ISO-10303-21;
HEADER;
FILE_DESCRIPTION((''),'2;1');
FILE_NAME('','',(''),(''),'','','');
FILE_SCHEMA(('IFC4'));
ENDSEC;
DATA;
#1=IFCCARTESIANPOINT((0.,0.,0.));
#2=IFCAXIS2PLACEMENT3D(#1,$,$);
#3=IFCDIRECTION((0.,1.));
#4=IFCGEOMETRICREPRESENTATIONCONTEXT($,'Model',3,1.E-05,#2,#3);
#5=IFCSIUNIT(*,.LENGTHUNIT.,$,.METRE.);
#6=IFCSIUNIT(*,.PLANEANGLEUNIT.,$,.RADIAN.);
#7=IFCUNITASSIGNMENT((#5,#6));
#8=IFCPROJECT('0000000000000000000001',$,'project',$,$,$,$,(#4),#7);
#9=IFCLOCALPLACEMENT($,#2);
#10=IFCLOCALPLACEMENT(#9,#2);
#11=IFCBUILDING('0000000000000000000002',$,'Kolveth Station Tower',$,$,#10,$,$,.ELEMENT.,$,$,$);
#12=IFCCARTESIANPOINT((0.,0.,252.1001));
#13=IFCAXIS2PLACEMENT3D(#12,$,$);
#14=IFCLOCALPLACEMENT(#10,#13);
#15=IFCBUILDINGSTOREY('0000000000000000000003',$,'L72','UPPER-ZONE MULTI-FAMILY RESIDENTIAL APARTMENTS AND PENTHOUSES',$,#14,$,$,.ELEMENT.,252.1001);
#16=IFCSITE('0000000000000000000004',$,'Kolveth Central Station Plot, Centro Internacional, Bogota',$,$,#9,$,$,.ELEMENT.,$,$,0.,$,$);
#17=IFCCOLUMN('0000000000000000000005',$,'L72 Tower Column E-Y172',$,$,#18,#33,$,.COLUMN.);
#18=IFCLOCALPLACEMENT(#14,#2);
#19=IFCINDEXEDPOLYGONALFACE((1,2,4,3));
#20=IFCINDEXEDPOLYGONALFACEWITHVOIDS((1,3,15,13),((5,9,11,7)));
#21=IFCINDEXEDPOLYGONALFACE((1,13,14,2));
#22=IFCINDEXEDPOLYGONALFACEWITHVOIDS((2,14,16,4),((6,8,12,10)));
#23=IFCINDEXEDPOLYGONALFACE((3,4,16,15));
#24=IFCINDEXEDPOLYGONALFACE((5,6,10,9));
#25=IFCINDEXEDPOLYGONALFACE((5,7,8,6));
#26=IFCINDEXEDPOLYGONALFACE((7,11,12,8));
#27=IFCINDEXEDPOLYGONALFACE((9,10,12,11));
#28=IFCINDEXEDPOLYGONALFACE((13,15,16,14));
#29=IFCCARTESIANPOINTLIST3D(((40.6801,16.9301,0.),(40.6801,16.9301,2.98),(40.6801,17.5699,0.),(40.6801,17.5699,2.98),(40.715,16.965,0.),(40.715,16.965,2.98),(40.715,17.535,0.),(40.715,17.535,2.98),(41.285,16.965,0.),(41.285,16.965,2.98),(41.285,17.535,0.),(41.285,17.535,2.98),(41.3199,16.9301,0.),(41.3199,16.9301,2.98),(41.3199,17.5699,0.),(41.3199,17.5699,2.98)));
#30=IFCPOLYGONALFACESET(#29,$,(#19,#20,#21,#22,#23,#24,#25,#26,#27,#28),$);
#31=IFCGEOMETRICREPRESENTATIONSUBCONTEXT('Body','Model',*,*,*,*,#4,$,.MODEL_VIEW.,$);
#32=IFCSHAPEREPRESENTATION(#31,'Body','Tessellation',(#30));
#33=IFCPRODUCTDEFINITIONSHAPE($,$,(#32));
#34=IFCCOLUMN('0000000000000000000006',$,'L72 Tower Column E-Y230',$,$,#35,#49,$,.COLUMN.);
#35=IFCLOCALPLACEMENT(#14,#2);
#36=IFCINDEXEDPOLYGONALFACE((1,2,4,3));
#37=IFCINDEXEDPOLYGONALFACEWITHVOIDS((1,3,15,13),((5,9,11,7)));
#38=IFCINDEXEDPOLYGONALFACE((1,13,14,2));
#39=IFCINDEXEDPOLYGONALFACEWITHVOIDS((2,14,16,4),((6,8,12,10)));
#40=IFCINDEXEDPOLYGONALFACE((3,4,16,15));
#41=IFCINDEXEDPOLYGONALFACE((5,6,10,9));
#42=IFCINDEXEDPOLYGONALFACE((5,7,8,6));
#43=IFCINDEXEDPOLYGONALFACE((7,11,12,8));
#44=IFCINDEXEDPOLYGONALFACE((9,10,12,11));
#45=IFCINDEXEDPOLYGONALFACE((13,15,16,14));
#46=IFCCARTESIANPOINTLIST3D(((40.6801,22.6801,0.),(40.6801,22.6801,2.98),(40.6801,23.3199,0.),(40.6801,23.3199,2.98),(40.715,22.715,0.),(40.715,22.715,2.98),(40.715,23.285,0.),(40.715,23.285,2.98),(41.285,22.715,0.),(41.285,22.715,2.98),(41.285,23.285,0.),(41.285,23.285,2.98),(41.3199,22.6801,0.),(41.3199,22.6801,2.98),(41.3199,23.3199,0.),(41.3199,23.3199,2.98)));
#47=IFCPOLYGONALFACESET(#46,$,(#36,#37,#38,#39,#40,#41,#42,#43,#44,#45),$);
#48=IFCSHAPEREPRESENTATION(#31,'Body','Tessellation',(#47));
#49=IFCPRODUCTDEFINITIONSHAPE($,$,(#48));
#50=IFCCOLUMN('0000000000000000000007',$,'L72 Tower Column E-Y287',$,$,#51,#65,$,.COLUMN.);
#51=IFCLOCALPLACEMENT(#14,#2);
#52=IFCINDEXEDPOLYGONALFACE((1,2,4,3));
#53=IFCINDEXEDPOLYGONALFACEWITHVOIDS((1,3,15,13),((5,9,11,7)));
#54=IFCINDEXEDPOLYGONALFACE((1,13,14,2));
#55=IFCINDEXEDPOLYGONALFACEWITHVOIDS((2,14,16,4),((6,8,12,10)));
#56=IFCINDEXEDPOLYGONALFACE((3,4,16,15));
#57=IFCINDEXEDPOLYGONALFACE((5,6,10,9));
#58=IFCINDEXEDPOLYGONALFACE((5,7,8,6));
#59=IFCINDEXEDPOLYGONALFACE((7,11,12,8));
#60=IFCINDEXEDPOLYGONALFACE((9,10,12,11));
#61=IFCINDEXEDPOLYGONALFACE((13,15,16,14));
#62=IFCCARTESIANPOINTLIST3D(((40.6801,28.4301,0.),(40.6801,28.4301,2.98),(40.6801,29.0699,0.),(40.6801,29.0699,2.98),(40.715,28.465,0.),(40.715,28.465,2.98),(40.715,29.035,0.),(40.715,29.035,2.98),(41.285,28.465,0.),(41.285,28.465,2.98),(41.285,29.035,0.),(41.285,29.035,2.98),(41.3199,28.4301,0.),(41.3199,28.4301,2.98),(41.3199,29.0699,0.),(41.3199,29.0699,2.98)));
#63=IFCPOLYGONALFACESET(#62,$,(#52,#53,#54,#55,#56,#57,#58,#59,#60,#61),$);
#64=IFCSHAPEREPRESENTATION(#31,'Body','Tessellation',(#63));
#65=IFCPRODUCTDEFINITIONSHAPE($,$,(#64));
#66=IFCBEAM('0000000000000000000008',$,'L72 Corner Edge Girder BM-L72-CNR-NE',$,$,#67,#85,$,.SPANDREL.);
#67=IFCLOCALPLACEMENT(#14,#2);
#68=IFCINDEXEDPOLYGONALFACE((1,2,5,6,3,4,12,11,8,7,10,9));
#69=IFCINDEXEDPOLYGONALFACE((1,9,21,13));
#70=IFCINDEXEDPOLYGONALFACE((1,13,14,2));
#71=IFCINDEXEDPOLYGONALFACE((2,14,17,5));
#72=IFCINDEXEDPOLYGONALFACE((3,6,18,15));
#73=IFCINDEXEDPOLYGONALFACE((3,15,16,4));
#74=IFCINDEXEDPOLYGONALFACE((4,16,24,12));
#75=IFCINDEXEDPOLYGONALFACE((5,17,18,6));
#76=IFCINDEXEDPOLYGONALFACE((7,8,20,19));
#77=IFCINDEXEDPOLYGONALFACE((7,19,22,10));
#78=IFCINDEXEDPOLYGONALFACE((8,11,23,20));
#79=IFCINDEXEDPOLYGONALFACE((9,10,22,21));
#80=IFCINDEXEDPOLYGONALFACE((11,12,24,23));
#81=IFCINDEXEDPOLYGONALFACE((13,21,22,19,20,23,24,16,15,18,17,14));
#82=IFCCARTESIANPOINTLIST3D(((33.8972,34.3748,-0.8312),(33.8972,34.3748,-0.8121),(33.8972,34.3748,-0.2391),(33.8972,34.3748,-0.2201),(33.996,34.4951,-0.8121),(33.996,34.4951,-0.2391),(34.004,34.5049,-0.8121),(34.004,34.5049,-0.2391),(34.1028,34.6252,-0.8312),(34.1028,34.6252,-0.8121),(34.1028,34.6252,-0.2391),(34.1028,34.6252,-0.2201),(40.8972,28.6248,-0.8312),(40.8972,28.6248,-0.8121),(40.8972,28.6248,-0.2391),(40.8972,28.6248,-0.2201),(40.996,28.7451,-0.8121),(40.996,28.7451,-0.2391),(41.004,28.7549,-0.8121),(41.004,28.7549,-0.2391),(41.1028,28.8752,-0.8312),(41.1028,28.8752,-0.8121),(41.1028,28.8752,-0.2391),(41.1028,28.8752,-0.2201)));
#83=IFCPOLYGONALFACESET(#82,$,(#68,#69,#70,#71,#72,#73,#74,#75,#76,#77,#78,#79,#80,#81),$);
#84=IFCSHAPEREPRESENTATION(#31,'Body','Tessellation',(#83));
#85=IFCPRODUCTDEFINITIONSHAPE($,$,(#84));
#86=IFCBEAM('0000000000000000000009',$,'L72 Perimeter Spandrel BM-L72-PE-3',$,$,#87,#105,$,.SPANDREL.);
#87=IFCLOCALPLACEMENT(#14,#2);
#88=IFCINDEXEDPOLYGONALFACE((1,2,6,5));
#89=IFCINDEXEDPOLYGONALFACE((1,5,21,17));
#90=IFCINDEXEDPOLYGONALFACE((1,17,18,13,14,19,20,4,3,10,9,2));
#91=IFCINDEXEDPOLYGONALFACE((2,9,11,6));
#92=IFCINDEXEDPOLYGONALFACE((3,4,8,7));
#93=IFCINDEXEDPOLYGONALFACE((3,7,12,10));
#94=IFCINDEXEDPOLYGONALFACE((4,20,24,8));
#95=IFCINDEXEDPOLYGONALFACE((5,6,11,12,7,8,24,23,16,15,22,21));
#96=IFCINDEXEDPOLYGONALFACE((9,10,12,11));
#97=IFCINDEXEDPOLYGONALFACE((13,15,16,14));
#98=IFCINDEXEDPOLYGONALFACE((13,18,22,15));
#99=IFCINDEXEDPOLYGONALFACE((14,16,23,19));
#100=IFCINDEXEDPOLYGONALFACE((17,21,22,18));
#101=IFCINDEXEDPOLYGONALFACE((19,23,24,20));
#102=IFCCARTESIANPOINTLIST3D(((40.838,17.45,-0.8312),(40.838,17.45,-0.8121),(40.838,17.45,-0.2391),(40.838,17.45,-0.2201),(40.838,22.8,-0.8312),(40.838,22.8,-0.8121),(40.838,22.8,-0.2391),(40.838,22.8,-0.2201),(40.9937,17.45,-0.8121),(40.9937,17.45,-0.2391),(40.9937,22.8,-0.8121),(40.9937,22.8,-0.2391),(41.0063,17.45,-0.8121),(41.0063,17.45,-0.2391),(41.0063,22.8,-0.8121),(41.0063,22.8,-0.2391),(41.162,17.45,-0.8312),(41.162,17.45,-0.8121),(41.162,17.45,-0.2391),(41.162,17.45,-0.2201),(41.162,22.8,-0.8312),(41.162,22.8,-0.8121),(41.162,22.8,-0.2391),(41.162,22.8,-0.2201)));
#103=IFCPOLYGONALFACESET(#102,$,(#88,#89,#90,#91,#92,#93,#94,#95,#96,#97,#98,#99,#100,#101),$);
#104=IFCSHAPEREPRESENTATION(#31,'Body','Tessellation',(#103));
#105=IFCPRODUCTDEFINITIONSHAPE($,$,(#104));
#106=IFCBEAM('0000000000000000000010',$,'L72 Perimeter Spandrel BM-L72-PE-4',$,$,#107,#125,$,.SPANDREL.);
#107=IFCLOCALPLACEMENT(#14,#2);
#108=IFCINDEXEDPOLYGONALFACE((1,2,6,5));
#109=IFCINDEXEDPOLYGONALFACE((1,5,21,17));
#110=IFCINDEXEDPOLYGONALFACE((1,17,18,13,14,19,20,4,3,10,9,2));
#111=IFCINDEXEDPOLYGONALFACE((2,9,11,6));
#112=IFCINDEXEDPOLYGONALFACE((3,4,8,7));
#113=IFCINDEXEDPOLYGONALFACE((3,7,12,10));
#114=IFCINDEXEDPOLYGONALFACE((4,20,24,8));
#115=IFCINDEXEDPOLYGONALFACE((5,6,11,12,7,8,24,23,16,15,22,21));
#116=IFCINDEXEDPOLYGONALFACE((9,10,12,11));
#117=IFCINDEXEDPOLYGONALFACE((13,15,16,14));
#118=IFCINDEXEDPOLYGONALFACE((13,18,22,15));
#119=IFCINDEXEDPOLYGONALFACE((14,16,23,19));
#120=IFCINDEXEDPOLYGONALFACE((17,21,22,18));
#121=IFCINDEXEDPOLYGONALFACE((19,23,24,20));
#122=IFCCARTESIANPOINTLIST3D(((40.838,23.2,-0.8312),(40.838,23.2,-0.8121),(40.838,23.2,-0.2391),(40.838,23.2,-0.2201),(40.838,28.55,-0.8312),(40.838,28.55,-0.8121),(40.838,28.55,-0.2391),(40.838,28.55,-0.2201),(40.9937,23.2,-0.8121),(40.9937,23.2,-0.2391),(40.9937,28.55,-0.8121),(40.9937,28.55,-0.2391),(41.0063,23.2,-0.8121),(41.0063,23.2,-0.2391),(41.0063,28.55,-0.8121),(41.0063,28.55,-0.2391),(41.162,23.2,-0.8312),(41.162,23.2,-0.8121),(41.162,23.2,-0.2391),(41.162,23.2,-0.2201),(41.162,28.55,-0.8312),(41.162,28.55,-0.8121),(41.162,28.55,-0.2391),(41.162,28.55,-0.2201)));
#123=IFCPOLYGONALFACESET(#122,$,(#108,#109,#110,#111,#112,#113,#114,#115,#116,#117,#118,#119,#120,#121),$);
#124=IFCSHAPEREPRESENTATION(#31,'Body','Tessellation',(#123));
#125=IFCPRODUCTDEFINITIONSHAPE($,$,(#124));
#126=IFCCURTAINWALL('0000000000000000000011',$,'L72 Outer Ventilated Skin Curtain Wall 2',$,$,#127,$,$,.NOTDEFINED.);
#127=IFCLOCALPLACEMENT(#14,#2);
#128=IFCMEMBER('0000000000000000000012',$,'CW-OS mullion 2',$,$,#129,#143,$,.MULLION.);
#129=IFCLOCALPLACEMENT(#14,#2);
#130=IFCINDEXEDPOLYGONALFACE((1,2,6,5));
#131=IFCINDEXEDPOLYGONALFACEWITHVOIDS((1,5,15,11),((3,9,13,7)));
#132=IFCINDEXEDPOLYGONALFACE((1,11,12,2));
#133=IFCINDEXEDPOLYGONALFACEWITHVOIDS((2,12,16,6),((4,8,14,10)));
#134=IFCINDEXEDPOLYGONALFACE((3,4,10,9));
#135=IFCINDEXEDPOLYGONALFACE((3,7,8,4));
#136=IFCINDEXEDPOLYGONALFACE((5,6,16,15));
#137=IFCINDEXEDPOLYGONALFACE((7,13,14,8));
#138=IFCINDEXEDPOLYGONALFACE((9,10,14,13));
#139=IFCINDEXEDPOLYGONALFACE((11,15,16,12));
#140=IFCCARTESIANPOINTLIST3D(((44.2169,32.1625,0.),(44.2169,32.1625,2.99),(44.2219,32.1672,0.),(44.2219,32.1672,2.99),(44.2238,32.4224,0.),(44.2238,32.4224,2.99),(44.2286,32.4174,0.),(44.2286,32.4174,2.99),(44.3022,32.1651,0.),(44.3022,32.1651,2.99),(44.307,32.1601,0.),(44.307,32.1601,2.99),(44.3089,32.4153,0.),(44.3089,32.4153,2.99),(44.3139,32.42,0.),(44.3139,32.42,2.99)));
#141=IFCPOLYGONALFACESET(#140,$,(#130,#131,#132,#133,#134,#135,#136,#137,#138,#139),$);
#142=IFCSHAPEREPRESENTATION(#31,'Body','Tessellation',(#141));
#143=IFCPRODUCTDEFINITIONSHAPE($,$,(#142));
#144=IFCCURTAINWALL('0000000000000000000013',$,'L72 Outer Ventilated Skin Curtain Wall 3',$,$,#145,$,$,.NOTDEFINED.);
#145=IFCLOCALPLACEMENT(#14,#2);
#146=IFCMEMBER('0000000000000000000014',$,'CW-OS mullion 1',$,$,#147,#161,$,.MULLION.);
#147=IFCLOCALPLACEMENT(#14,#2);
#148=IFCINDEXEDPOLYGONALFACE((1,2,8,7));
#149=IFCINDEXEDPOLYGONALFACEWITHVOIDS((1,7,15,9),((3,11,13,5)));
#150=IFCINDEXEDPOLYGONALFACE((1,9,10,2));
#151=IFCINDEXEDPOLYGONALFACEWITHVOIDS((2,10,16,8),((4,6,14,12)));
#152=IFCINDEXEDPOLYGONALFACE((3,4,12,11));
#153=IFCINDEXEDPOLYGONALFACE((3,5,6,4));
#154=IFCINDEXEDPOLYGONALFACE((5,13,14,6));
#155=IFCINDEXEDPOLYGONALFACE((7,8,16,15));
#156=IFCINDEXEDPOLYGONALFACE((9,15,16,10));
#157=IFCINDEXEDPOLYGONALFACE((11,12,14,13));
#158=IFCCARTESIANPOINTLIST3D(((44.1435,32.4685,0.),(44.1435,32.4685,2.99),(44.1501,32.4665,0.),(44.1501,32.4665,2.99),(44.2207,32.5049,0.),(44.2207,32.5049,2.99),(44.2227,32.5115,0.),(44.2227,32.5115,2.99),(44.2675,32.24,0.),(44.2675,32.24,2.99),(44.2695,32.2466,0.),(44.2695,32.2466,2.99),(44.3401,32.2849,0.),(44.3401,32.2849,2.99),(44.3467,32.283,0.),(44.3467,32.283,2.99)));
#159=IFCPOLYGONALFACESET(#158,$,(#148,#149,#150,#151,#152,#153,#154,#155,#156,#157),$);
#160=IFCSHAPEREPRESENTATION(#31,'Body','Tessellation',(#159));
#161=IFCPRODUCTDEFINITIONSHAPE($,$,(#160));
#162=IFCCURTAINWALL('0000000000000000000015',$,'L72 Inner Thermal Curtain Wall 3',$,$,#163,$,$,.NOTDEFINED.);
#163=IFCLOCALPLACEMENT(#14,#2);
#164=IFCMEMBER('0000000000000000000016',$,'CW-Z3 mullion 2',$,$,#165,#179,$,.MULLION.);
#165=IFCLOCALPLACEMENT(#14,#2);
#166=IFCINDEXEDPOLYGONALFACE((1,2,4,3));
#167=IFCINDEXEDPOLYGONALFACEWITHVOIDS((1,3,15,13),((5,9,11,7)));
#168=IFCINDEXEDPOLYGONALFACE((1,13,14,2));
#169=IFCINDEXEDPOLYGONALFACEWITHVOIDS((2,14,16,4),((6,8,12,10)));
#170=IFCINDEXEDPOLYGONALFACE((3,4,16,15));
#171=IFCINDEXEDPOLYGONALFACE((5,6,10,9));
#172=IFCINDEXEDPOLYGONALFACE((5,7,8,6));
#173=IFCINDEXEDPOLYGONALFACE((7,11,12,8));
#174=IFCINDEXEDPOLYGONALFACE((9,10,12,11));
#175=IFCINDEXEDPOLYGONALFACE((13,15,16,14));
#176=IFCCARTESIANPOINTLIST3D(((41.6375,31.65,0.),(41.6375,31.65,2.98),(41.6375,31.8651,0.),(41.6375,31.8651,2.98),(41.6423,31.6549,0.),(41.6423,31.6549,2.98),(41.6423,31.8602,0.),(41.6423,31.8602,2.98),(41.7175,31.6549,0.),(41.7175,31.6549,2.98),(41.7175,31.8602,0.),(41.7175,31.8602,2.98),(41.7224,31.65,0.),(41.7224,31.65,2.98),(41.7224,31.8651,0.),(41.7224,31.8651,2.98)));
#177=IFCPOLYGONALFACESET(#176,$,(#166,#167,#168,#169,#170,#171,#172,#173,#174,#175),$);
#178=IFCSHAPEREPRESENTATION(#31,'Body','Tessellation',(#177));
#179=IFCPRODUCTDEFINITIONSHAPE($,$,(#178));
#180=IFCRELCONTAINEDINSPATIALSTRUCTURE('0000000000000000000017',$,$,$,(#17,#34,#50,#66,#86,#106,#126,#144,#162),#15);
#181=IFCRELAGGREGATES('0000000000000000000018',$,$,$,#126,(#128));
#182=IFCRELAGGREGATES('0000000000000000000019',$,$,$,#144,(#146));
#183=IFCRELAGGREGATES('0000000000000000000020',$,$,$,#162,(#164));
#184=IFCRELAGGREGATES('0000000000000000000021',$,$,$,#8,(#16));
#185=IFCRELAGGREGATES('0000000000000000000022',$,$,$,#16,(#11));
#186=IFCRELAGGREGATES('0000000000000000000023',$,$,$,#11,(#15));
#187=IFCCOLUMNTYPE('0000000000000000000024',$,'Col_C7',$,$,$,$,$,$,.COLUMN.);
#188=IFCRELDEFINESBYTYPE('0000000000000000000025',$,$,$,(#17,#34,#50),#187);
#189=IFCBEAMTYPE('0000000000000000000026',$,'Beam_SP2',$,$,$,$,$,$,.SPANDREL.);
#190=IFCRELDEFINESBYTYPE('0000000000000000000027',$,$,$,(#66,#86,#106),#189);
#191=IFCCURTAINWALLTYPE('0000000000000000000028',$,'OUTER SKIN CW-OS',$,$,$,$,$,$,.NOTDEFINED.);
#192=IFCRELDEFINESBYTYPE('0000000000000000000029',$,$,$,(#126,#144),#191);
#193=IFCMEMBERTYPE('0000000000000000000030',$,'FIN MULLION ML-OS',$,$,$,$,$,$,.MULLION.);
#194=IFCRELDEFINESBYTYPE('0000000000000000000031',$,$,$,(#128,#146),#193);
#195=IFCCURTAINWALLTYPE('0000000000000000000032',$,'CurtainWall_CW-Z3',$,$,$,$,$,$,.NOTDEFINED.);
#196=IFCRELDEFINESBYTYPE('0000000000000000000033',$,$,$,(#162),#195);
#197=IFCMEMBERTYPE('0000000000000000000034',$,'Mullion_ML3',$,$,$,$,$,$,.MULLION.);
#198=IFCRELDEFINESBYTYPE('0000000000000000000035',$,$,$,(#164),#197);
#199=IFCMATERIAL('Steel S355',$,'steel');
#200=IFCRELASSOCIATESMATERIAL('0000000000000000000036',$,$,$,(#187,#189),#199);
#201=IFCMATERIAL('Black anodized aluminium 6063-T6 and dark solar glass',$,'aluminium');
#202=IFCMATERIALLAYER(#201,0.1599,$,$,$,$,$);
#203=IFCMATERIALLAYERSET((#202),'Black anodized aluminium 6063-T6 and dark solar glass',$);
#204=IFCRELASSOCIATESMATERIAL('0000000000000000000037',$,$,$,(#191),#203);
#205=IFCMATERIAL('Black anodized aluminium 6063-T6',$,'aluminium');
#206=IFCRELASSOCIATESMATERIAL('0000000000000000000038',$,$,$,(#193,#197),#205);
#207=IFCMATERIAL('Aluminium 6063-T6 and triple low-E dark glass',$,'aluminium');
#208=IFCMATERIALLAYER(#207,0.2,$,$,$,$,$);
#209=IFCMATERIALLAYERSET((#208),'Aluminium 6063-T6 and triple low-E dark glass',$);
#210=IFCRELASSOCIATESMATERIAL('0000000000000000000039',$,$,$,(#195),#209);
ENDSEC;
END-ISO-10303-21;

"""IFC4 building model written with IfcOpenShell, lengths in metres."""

from ifc_helpers import new_model, si_unit, direction, frame, origin, origin_2d, place, context, subcontext, project, spatial, hollow_rectangle, i_section, extrude, source, transform, mapped, material, layer, layer_set, material_profile, profile_set, type_object, element, aggregate, save


model = new_model("IFC4")

# Units and contexts
model_context = context("Model", 3, precision=1e-05, world=origin(), true_north=direction((0.0, 1.0)))
body_context = subcontext(model_context, "Body", "Model", "MODEL_VIEW")
ifc_project = project(units=[si_unit("LENGTHUNIT", "METRE"), si_unit("PLANEANGLEUNIT", "RADIAN")], contexts=[model_context])

# Site, building, storey
site_placement = place(None, origin())
site = spatial("IfcSite", under=ifc_project, at=site_placement, Name="Kolveth Central Station Plot, Centro Internacional, Bogota", CompositionType="ELEMENT", RefElevation=0.0)
building_placement = place(site_placement, origin())
building = spatial("IfcBuilding", under=site, at=building_placement, Name="Kolveth Station Tower", CompositionType="ELEMENT")
storey_placement = place(building_placement, frame((0.0, 0.0, 252.1001)))
storey = spatial("IfcBuildingStorey", under=building, at=storey_placement, Name="L72", Description="UPPER-ZONE MULTI-FAMILY RESIDENTIAL APARTMENTS AND PENTHOUSES", CompositionType="ELEMENT", Elevation=252.1001)

# Columns
ifc_material_1 = material(Name="Steel S355", Category="steel")
ifc_material_profile_1 = material_profile(ifc_material_1, hollow_rectangle(XDim=0.6399, YDim=0.6399, WallThickness=0.0349, at=origin_2d()), Name="BOX640x640x35")
ifc_profile_set_1 = profile_set([ifc_material_profile_1], Name="Steel S355")
column_type = type_object("IfcColumnType", Name="Col_C7", PredefinedType="COLUMN", material=ifc_profile_set_1)
shared_shape_1 = source(origin(), body_context, "Body", "SweptSolid", [
    extrude(hollow_rectangle(XDim=0.6399, YDim=0.6399, WallThickness=0.0349, at=origin_2d()), origin(), (0.0, 0.0, 1.0), 2.98),
])
for number, where, z_axis, x_axis, name in (
    (1, (41.0, 17.25, 0.0), (0.0, 0.0, 1.0), (1.0, 0.0, 0.0), "L72 Tower Column E-Y172"),
    (2, (41.0, 23.0, 0.0), (0.0, 0.0, 1.0), (1.0, 0.0, 0.0), "L72 Tower Column E-Y230"),
    (3, (41.0, 28.75, 0.0), (0.0, 0.0, 1.0), (1.0, 0.0, 0.0), "L72 Tower Column E-Y287"),
):
    element("IfcColumn", number, at=place(storey_placement, frame(where, z_axis=z_axis, x_axis=x_axis)), inside=storey, type_object=column_type, Name=name, PredefinedType="COLUMN", context=body_context, shape_type="MappedRepresentation", body=[
        mapped(shared_shape_1, transform((0.0, 0.0, 0.0), x_axis=(1.0, 0.0, 0.0), y_axis=(0.0, 1.0, 0.0), z_axis=(0.0, 0.0, 1.0), scale=1.0)),
    ])

# Beams
ifc_material_profile_2 = material_profile(ifc_material_1, i_section(OverallWidth=0.324, OverallDepth=0.6111, WebThickness=0.0127, FlangeThickness=0.019, at=origin_2d()), Name="W610x155")
ifc_profile_set_2 = profile_set([ifc_material_profile_2], Name="Steel S355")
beam_type = type_object("IfcBeamType", Name="Beam_SP2", PredefinedType="SPANDREL", material=ifc_profile_set_2)
shared_shape_2 = source(origin(), body_context, "Body", "SweptSolid", [
    extrude(i_section(OverallWidth=0.324, OverallDepth=0.6111, WebThickness=0.0127, FlangeThickness=0.019, at=origin_2d()), origin(), (0.0, 0.0, 1.0), 9.0588),
])
beam_placement = place(storey_placement, frame((41.0, 28.75, -0.5256), z_axis=(-0.772726, 0.634739, 0.0), x_axis=(-0.634739, -0.772726, 0.0)))
element("IfcBeam", 4, at=beam_placement, inside=storey, type_object=beam_type, Name="L72 Corner Edge Girder BM-L72-CNR-NE", PredefinedType="SPANDREL", context=body_context, shape_type="MappedRepresentation", body=[
    mapped(shared_shape_2, transform((0.0, 0.0, 0.0), x_axis=(1.0, 0.0, 0.0), y_axis=(0.0, 1.0, 0.0), z_axis=(0.0, 0.0, 1.0), scale=1.0)),
])
shared_shape_3 = source(origin(), body_context, "Body", "SweptSolid", [
    extrude(i_section(OverallWidth=0.324, OverallDepth=0.6111, WebThickness=0.0127, FlangeThickness=0.019, at=origin_2d()), origin(), (0.0, 0.0, 1.0), 5.3501),
])
for number, where, z_axis, x_axis, name in (
    (5, (41.0, 17.45, -0.5256), (0.0, 1.0, 0.0), (-1.0, 0.0, 0.0), "L72 Perimeter Spandrel BM-L72-PE-3"),
    (6, (41.0, 23.2, -0.5256), (0.0, 1.0, 0.0), (-1.0, 0.0, 0.0), "L72 Perimeter Spandrel BM-L72-PE-4"),
):
    element("IfcBeam", number, at=place(storey_placement, frame(where, z_axis=z_axis, x_axis=x_axis)), inside=storey, type_object=beam_type, Name=name, PredefinedType="SPANDREL", context=body_context, shape_type="MappedRepresentation", body=[
        mapped(shared_shape_3, transform((0.0, 0.0, 0.0), x_axis=(1.0, 0.0, 0.0), y_axis=(0.0, 1.0, 0.0), z_axis=(0.0, 0.0, 1.0), scale=1.0)),
    ])

# Curtain walls, members
ifc_material_2 = material(Name="Black anodized aluminium 6063-T6 and dark solar glass", Category="aluminium")
ifc_layer_1 = layer(ifc_material_2, 0.1599)
ifc_layer_set_1 = layer_set([ifc_layer_1], Name="Black anodized aluminium 6063-T6 and dark solar glass")
curtain_wall_type_1 = type_object("IfcCurtainWallType", Name="OUTER SKIN CW-OS", PredefinedType="NOTDEFINED", material=ifc_layer_set_1)
curtain_wall_1_placement = place(storey_placement, origin())
curtain_wall_1 = element("IfcCurtainWall", 7, at=curtain_wall_1_placement, inside=storey, type_object=curtain_wall_type_1, Name="L72 Outer Ventilated Skin Curtain Wall 2", PredefinedType="NOTDEFINED")
ifc_material_3 = material(Name="Black anodized aluminium 6063-T6", Category="aluminium")
ifc_material_profile_3 = material_profile(ifc_material_3, hollow_rectangle(XDim=0.0901, YDim=0.26, WallThickness=0.0049, at=origin_2d()), Name="ALU-90x260x5")
ifc_profile_set_3 = profile_set([ifc_material_profile_3], Name="Black anodized aluminium 6063-T6")
member_type_1 = type_object("IfcMemberType", Name="FIN MULLION ML-OS", PredefinedType="MULLION", material=ifc_profile_set_3)
shared_shape_4 = source(origin(), body_context, "Body", "SweptSolid", [
    extrude(hollow_rectangle(XDim=0.0901, YDim=0.26, WallThickness=0.0049, at=origin_2d()), origin(), (0.0, 0.0, 1.0), 2.99),
])
member_1_placement = place(storey_placement, frame((44.2654, 32.2913, 0.0), z_axis=(0.0, 0.0, 1.0), x_axis=(-0.999647, 0.026561, 0.0)))
member_1 = element("IfcMember", 8, at=member_1_placement, type_object=member_type_1, Name="CW-OS mullion 2", PredefinedType="MULLION", context=body_context, shape_type="MappedRepresentation", body=[
    mapped(shared_shape_4, transform((0.0, 0.0, 0.0), x_axis=(1.0, 0.0, 0.0), y_axis=(0.0, 1.0, 0.0), z_axis=(0.0, 0.0, 1.0), scale=1.0)),
])
aggregate(curtain_wall_1, [member_1])
curtain_wall_2_placement = place(storey_placement, origin())
curtain_wall_2 = element("IfcCurtainWall", 9, at=curtain_wall_2_placement, inside=storey, type_object=curtain_wall_type_1, Name="L72 Outer Ventilated Skin Curtain Wall 3", PredefinedType="NOTDEFINED")
member_2_placement = place(storey_placement, frame((44.2451, 32.3757, 0.0), z_axis=(0.0, 0.0, 1.0), x_axis=(-0.878898, -0.47701, 0.0)))
member_2 = element("IfcMember", 10, at=member_2_placement, type_object=member_type_1, Name="CW-OS mullion 1", PredefinedType="MULLION", context=body_context, shape_type="MappedRepresentation", body=[
    mapped(shared_shape_4, transform((0.0, 0.0, 0.0), x_axis=(1.0, 0.0, 0.0), y_axis=(0.0, 1.0, 0.0), z_axis=(0.0, 0.0, 1.0), scale=1.0)),
])
ifc_material_4 = material(Name="Aluminium 6063-T6 and triple low-E dark glass", Category="aluminium")
ifc_layer_2 = layer(ifc_material_4, 0.2)
ifc_layer_set_2 = layer_set([ifc_layer_2], Name="Aluminium 6063-T6 and triple low-E dark glass")
curtain_wall_type_2 = type_object("IfcCurtainWallType", Name="CurtainWall_CW-Z3", PredefinedType="NOTDEFINED", material=ifc_layer_set_2)
curtain_wall_3_placement = place(storey_placement, origin())
curtain_wall_3 = element("IfcCurtainWall", 11, at=curtain_wall_3_placement, inside=storey, type_object=curtain_wall_type_2, Name="L72 Inner Thermal Curtain Wall 3", PredefinedType="NOTDEFINED")
ifc_material_profile_4 = material_profile(ifc_material_3, hollow_rectangle(XDim=0.085, YDim=0.2151, WallThickness=0.0049, at=origin_2d()), Name="ALU-85x215x5")
ifc_profile_set_4 = profile_set([ifc_material_profile_4], Name="Black anodized aluminium 6063-T6")
member_type_2 = type_object("IfcMemberType", Name="Mullion_ML3", PredefinedType="MULLION", material=ifc_profile_set_4)
shared_shape_5 = source(origin(), body_context, "Body", "SweptSolid", [
    extrude(hollow_rectangle(XDim=0.085, YDim=0.2151, WallThickness=0.0049, at=origin_2d()), origin(), (0.0, 0.0, 1.0), 2.98),
])
member_3_placement = place(storey_placement, frame((41.6799, 31.7576, 0.0), z_axis=(0.0, 0.0, 1.0), x_axis=(-1.0, 0.0, 0.0)))
member_3 = element("IfcMember", 12, at=member_3_placement, type_object=member_type_2, Name="CW-Z3 mullion 2", PredefinedType="MULLION", context=body_context, shape_type="MappedRepresentation", body=[
    mapped(shared_shape_5, transform((0.0, 0.0, 0.0), x_axis=(1.0, 0.0, 0.0), y_axis=(0.0, 1.0, 0.0), z_axis=(0.0, 0.0, 1.0), scale=1.0)),
])

aggregate(curtain_wall_2, [member_2])

aggregate(curtain_wall_3, [member_3])

save(model, "model.ifc")
